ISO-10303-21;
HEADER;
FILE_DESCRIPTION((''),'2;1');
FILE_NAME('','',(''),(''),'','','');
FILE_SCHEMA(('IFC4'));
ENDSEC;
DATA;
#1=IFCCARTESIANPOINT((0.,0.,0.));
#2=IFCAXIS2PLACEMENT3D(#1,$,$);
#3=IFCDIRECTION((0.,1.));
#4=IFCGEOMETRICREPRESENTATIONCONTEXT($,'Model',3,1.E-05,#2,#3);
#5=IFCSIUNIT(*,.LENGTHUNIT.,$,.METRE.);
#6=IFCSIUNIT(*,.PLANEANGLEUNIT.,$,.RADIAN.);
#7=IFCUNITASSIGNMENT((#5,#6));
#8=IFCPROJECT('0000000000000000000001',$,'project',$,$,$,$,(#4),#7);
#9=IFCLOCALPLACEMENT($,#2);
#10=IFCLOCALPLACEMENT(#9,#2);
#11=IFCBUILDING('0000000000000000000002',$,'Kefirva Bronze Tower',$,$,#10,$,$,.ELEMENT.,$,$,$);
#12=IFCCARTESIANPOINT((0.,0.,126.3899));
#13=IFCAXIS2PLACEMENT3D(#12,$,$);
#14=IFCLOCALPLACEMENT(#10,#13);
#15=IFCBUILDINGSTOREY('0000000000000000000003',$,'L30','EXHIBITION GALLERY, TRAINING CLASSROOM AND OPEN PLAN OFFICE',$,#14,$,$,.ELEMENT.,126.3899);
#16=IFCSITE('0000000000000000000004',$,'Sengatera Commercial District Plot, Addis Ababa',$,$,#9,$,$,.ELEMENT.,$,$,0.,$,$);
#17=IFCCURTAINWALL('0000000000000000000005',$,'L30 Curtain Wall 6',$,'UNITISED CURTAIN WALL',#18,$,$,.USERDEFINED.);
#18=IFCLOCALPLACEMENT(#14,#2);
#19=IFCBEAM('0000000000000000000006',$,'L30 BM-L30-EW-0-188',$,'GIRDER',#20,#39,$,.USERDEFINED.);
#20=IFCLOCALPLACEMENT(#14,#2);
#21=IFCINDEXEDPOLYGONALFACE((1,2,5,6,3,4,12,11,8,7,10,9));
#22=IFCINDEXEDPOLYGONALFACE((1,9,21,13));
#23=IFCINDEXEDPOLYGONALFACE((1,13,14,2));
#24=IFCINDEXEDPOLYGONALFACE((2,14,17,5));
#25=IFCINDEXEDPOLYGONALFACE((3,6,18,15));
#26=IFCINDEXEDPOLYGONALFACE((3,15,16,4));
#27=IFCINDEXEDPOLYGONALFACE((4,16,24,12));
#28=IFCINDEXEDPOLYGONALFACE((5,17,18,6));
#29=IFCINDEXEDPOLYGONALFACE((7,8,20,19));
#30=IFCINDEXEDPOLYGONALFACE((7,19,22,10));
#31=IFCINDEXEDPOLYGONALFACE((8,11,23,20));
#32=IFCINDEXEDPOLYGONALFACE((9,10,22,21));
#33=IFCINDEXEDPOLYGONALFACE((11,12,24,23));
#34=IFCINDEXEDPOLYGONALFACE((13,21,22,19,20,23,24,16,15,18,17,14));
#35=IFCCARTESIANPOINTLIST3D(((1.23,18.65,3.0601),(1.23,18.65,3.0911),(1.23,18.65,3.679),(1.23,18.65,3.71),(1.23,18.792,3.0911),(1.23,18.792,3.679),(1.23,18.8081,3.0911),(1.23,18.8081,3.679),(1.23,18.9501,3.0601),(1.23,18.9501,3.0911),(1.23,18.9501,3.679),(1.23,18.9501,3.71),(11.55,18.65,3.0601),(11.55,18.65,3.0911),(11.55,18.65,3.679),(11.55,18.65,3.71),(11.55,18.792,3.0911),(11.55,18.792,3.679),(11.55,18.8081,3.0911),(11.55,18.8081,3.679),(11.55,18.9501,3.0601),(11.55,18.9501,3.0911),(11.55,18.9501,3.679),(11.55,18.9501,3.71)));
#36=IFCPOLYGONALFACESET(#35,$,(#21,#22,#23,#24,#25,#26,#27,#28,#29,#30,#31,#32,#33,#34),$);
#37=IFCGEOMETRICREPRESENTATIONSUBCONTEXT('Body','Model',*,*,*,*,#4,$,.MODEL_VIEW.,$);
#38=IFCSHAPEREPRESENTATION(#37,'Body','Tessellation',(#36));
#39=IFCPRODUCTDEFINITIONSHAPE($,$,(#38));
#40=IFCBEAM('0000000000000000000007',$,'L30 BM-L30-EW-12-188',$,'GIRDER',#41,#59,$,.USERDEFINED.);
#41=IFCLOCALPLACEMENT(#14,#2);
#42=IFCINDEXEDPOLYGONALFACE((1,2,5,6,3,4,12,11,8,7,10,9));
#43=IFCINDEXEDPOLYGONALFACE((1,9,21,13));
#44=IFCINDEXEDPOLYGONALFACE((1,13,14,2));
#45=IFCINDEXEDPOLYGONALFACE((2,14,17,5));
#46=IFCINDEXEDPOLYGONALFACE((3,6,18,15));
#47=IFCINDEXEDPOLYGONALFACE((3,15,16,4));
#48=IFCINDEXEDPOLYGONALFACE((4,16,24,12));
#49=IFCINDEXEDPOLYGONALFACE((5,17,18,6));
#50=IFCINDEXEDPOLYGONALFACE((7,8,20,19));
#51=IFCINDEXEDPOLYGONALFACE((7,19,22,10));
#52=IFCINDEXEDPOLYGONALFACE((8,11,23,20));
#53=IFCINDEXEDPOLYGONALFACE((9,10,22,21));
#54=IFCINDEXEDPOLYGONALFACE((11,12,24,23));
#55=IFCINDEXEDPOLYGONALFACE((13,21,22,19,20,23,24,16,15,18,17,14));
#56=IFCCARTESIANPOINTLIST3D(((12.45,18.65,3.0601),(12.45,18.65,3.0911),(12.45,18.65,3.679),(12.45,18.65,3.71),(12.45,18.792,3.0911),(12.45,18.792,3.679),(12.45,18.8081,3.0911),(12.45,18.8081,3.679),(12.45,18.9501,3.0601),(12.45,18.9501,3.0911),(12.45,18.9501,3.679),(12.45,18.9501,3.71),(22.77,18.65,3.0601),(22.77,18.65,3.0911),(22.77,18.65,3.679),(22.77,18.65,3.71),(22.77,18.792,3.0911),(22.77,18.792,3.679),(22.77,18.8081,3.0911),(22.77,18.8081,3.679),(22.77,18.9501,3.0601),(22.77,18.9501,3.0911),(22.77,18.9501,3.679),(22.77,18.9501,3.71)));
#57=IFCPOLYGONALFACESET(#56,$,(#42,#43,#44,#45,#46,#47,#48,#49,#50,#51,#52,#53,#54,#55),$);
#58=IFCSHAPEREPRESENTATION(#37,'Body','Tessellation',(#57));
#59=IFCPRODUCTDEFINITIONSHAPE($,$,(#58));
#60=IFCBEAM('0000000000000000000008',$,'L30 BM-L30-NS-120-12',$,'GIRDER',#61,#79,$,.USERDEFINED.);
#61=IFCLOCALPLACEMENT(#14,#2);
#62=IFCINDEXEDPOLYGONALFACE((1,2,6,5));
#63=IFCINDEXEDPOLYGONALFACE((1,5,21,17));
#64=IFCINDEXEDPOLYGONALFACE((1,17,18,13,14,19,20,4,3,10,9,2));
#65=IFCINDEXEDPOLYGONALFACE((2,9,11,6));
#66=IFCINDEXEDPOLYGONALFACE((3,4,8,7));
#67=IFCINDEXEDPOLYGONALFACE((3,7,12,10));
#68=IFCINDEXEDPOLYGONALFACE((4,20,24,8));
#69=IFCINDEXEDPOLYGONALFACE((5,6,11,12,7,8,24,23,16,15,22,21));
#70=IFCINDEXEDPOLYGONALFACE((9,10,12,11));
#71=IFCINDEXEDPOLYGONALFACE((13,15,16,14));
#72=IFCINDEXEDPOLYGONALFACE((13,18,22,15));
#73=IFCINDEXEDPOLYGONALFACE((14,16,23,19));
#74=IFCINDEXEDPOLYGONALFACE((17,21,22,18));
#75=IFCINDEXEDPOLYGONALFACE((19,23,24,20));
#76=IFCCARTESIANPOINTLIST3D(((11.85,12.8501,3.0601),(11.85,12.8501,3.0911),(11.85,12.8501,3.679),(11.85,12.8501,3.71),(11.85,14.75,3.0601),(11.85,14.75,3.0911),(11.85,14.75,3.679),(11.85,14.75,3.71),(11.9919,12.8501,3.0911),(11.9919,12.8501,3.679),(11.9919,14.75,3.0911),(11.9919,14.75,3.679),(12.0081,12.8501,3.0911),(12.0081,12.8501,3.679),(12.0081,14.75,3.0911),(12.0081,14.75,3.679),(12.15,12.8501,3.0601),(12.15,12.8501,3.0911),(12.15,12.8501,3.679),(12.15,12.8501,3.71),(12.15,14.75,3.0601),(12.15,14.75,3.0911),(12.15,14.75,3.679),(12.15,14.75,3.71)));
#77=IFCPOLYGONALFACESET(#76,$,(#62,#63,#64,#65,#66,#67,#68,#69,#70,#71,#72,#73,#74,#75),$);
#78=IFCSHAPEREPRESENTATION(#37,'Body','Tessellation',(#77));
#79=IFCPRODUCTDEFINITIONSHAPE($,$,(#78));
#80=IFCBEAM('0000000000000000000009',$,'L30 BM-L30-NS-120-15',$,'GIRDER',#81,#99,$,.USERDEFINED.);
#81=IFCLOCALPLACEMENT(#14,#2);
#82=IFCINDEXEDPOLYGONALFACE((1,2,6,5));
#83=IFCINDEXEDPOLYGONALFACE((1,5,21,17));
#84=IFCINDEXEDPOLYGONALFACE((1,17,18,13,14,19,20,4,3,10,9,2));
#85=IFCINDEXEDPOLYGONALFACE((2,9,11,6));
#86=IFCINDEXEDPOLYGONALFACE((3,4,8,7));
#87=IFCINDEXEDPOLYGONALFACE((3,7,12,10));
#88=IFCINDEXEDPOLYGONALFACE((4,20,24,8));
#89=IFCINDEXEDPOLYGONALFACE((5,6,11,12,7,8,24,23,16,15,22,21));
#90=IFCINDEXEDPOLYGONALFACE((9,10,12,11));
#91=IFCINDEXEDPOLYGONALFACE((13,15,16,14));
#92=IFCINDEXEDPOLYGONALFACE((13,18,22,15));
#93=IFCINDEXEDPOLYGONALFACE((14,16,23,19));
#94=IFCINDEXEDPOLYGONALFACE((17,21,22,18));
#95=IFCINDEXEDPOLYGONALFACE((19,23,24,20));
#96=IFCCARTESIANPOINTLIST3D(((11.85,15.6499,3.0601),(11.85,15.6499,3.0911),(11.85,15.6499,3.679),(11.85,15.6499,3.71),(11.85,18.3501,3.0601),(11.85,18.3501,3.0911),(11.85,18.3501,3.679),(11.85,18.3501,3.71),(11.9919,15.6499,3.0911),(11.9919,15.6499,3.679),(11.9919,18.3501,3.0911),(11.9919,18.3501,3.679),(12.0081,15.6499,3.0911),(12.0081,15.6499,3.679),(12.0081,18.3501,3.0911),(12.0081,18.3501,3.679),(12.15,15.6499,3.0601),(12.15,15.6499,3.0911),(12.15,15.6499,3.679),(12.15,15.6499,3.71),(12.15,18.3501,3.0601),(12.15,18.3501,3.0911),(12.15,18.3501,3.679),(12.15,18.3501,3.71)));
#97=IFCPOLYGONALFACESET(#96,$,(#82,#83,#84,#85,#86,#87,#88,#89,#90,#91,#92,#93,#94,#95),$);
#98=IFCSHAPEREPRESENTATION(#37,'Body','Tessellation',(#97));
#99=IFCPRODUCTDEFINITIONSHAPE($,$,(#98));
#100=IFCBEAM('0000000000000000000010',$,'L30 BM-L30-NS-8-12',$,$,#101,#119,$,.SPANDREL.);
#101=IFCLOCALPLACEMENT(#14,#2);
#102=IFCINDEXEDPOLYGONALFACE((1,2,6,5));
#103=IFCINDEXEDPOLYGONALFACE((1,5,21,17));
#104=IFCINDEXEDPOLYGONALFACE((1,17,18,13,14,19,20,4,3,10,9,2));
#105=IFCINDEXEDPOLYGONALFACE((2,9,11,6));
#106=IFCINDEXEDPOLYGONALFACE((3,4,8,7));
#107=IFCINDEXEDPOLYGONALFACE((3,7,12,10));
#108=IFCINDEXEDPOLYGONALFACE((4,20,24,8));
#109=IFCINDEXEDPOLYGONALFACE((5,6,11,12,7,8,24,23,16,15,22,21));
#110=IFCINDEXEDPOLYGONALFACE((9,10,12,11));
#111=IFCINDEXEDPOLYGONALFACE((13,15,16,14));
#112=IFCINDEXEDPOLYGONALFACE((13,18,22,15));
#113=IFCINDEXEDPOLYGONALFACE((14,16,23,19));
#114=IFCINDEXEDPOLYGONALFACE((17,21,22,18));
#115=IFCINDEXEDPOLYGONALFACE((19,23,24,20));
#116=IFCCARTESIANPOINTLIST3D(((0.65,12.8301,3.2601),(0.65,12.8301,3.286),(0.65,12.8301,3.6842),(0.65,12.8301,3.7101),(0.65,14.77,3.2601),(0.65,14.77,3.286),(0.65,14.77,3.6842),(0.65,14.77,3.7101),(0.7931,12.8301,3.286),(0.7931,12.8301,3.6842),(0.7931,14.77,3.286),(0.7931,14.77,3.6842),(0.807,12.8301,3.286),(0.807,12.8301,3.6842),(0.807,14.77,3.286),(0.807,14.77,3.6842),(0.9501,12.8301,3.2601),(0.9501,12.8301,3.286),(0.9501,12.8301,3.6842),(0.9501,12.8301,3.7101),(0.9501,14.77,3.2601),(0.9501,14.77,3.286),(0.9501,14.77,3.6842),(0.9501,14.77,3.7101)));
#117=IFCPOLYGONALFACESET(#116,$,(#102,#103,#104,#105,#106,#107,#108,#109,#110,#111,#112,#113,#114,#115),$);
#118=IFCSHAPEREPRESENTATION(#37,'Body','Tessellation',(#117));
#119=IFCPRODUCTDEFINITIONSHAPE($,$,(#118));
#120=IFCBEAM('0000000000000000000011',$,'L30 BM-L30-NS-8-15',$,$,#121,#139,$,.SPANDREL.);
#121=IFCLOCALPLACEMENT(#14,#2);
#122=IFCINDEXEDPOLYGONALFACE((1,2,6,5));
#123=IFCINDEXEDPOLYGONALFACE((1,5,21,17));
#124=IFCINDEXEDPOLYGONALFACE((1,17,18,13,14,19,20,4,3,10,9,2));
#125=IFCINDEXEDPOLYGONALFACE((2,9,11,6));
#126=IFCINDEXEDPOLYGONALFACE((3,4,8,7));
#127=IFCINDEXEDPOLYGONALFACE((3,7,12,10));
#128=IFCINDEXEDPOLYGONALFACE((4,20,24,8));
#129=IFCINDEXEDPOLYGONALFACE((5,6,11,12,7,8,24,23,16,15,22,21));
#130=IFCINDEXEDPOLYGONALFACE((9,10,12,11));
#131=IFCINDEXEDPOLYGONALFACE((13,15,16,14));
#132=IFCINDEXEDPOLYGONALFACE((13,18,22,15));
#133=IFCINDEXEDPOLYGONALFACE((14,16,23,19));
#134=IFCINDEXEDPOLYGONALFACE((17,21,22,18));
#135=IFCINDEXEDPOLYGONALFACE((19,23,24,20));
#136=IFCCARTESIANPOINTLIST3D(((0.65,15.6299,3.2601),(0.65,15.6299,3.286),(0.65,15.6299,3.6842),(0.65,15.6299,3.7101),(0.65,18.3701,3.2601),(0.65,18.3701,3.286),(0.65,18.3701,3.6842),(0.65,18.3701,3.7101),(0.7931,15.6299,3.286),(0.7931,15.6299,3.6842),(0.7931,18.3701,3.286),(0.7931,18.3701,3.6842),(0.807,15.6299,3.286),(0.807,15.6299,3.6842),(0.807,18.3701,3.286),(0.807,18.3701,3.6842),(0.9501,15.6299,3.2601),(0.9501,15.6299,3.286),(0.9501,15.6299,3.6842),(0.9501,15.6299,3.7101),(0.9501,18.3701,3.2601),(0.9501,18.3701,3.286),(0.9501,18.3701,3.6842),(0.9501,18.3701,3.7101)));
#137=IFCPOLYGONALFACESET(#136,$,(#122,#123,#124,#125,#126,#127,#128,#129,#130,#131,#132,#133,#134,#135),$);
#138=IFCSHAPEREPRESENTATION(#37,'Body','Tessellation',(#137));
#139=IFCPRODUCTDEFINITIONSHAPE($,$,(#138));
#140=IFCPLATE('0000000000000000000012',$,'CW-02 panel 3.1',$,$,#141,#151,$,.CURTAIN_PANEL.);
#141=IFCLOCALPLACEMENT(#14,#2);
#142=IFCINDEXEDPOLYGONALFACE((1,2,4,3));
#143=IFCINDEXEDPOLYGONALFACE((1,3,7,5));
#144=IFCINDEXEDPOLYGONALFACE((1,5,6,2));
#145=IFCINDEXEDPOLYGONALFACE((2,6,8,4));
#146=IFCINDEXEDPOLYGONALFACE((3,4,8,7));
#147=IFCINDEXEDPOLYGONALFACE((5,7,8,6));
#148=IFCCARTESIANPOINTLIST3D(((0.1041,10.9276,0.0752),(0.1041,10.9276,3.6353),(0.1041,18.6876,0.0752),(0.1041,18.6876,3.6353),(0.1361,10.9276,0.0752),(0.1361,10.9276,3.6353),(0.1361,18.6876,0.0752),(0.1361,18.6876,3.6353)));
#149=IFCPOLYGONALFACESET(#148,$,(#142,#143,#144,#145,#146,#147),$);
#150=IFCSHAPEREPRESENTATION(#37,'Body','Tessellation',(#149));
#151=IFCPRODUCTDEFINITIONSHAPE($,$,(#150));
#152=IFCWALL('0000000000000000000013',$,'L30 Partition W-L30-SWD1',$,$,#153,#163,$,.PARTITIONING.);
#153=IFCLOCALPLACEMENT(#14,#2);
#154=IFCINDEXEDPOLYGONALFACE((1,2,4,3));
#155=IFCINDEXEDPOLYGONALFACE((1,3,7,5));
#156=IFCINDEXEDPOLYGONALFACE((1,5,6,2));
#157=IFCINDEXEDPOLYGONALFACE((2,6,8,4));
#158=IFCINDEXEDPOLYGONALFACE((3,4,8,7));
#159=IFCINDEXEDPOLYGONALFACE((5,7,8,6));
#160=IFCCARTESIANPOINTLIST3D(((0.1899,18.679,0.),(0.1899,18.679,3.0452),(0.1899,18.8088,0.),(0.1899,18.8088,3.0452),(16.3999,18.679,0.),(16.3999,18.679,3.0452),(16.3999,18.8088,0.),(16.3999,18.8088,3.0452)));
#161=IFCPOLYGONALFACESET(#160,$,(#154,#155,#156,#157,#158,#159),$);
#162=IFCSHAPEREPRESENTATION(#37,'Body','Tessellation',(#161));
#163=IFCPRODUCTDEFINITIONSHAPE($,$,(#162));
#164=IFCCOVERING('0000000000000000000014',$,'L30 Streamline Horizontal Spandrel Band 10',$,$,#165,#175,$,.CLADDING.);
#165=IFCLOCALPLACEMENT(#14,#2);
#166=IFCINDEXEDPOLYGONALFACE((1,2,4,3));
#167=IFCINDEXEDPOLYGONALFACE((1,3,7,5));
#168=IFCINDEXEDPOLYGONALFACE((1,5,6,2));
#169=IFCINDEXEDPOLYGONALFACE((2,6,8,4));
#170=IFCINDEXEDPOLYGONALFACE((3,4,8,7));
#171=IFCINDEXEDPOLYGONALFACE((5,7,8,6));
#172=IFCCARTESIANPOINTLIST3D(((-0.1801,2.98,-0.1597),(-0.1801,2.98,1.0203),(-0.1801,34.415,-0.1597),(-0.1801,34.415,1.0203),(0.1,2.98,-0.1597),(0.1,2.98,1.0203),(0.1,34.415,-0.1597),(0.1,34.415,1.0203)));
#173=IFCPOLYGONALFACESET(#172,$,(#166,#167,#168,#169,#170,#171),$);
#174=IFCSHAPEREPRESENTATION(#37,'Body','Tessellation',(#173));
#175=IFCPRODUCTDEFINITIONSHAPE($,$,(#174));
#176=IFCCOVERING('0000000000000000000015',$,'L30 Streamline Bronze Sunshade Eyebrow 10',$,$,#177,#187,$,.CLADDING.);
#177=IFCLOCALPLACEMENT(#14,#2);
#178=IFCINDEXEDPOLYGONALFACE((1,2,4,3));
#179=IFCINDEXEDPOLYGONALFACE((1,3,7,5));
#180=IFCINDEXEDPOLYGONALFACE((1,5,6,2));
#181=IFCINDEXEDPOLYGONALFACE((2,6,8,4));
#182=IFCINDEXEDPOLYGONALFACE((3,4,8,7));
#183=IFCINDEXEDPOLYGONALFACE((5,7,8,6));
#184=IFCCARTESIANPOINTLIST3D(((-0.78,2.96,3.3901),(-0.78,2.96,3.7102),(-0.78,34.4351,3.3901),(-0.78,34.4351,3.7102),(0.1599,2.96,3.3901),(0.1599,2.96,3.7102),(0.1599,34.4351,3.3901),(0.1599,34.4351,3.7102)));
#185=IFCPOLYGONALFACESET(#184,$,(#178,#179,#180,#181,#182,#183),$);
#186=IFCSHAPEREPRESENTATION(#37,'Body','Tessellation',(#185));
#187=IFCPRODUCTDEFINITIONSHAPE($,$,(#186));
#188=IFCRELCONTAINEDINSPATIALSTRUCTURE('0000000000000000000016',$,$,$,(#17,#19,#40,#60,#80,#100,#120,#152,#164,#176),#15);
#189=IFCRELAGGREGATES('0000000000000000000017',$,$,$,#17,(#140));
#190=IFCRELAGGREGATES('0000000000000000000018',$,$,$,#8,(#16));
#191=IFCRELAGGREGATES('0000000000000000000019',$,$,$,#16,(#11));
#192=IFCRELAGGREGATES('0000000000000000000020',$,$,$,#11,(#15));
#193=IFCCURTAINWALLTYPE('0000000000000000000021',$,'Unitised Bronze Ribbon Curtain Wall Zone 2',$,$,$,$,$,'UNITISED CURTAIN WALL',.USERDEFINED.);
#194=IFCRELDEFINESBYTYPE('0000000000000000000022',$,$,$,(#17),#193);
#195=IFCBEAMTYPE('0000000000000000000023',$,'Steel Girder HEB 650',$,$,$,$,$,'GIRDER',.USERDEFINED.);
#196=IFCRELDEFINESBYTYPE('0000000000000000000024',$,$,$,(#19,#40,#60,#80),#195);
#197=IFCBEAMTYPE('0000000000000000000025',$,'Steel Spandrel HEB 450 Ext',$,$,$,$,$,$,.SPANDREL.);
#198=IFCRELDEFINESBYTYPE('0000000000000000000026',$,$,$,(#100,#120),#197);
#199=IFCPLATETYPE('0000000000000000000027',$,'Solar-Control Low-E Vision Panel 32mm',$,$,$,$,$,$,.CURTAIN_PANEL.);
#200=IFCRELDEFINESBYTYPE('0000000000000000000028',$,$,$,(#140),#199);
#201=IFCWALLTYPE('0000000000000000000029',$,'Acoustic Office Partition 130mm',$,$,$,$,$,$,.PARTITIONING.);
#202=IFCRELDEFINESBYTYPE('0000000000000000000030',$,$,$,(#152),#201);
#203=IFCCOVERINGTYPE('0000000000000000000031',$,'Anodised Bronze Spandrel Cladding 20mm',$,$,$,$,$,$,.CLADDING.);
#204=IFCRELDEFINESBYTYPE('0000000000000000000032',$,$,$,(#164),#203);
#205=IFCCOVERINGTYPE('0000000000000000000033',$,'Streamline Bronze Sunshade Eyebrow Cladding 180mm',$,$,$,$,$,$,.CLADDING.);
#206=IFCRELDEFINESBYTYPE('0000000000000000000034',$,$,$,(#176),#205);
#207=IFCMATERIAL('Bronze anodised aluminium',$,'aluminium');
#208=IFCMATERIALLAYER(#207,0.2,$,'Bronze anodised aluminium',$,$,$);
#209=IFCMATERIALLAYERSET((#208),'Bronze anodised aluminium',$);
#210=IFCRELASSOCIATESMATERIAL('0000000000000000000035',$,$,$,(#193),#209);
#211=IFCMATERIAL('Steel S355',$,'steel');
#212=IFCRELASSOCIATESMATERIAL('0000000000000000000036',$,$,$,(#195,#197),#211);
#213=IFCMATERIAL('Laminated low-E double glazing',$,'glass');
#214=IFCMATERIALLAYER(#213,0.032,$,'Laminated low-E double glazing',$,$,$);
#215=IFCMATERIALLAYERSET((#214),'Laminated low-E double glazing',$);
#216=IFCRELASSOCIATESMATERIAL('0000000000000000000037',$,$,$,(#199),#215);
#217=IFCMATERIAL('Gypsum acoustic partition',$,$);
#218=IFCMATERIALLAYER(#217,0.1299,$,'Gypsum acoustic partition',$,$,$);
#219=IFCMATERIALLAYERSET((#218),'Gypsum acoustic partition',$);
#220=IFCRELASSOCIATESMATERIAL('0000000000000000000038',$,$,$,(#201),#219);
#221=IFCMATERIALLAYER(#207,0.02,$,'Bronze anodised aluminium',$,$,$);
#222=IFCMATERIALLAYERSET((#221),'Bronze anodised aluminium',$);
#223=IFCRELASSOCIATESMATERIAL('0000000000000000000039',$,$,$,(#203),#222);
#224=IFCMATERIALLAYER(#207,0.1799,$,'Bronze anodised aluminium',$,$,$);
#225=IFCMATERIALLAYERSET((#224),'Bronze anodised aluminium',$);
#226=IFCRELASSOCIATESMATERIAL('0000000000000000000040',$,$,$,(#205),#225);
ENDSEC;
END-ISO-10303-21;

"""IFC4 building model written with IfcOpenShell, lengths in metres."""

from ifc_helpers import new_model, si_unit, direction, frame, frame_2d, origin, origin_2d, place, context, subcontext, project, spatial, rectangle, i_section, extrude, material, layer, layer_set, material_profile, profile_set, type_object, element, aggregate, save


model = new_model("IFC4")

# Units and contexts
model_context = context("Model", 3, precision=1e-05, world=origin(), true_north=direction((0.0, 1.0)))
body_context = subcontext(model_context, "Body", "Model", "MODEL_VIEW")
ifc_project = project(units=[si_unit("LENGTHUNIT", "METRE"), si_unit("PLANEANGLEUNIT", "RADIAN")], contexts=[model_context])

# Site, building, storey
site_placement = place(None, origin())
site = spatial("IfcSite", under=ifc_project, at=site_placement, Name="Sengatera Commercial District Plot, Addis Ababa", CompositionType="ELEMENT", RefElevation=0.0)
building_placement = place(site_placement, origin())
building = spatial("IfcBuilding", under=site, at=building_placement, Name="Kefirva Bronze Tower", CompositionType="ELEMENT")
storey_placement = place(building_placement, frame((0.0, 0.0, 126.3899)))
storey = spatial("IfcBuildingStorey", under=building, at=storey_placement, Name="L30", Description="EXHIBITION GALLERY, TRAINING CLASSROOM AND OPEN PLAN OFFICE", CompositionType="ELEMENT", Elevation=126.3899)

# Curtain wall
ifc_material_1 = material(Name="Bronze anodised aluminium", Category="aluminium")
ifc_layer_1 = layer(ifc_material_1, 0.2, Name="Bronze anodised aluminium")
ifc_layer_set_1 = layer_set([ifc_layer_1], Name="Bronze anodised aluminium")
curtain_wall_type = type_object("IfcCurtainWallType", Name="Unitised Bronze Ribbon Curtain Wall Zone 2", ElementType="UNITISED CURTAIN WALL", PredefinedType="USERDEFINED", material=ifc_layer_set_1)
curtain_wall_placement = place(storey_placement, origin())
curtain_wall = element("IfcCurtainWall", 1, at=curtain_wall_placement, inside=storey, type_object=curtain_wall_type, Name="L30 Curtain Wall 6", ObjectType="UNITISED CURTAIN WALL", PredefinedType="USERDEFINED")

# Beams
ifc_material_2 = material(Name="Steel S355", Category="steel")
ifc_material_profile_1 = material_profile(ifc_material_2, i_section(OverallWidth=0.3, OverallDepth=0.6499, WebThickness=0.0161, FlangeThickness=0.031, at=origin_2d()), Name="HEB 650")
ifc_profile_set_1 = profile_set([ifc_material_profile_1], Name="Steel S355")
beam_type_1 = type_object("IfcBeamType", Name="Steel Girder HEB 650", ElementType="GIRDER", PredefinedType="USERDEFINED", material=ifc_profile_set_1)
for number, where, z_axis, x_axis, name in (
    (2, (1.23, 18.8, 3.385), (1.0, 0.0, 0.0), (0.0, 1.0, 0.0), "L30 BM-L30-EW-0-188"),
    (3, (12.45, 18.8, 3.385), (1.0, 0.0, 0.0), (0.0, 1.0, 0.0), "L30 BM-L30-EW-12-188"),
):
    element("IfcBeam", number, at=place(storey_placement, frame(where, z_axis=z_axis, x_axis=x_axis)), inside=storey, type_object=beam_type_1, Name=name, ObjectType="GIRDER", PredefinedType="USERDEFINED", context=body_context, shape_type="SweptSolid", body=[
        extrude(i_section(OverallWidth=0.3, OverallDepth=0.6499, WebThickness=0.0161, FlangeThickness=0.031, at=origin_2d()), origin(), (0.0, 0.0, 1.0), 10.3201),
    ])
beam_1_placement = place(storey_placement, frame((12.0, 12.8501, 3.385), z_axis=(0.0, 1.0, 0.0), x_axis=(-1.0, 0.0, 0.0)))
element("IfcBeam", 4, at=beam_1_placement, inside=storey, type_object=beam_type_1, Name="L30 BM-L30-NS-120-12", ObjectType="GIRDER", PredefinedType="USERDEFINED", context=body_context, shape_type="SweptSolid", body=[
    extrude(i_section(OverallWidth=0.3, OverallDepth=0.6499, WebThickness=0.0161, FlangeThickness=0.031, at=origin_2d()), origin(), (0.0, 0.0, 1.0), 1.8999),
])
beam_2_placement = place(storey_placement, frame((12.0, 15.6499, 3.385), z_axis=(0.0, 1.0, 0.0), x_axis=(-1.0, 0.0, 0.0)))
element("IfcBeam", 5, at=beam_2_placement, inside=storey, type_object=beam_type_1, Name="L30 BM-L30-NS-120-15", ObjectType="GIRDER", PredefinedType="USERDEFINED", context=body_context, shape_type="SweptSolid", body=[
    extrude(i_section(OverallWidth=0.3, OverallDepth=0.6499, WebThickness=0.0161, FlangeThickness=0.031, at=origin_2d()), origin(), (0.0, 0.0, 1.0), 2.7002),
])
ifc_material_profile_2 = material_profile(ifc_material_2, i_section(OverallWidth=0.3, OverallDepth=0.45, WebThickness=0.0139, FlangeThickness=0.0259, at=origin_2d()), Name="HEB 450")
ifc_profile_set_2 = profile_set([ifc_material_profile_2], Name="Steel S355")
beam_type_2 = type_object("IfcBeamType", Name="Steel Spandrel HEB 450 Ext", PredefinedType="SPANDREL", material=ifc_profile_set_2)
beam_3_placement = place(storey_placement, frame((0.8, 12.8301, 3.4851), z_axis=(0.0, 1.0, 0.0), x_axis=(-1.0, 0.0, 0.0)))
element("IfcBeam", 6, at=beam_3_placement, inside=storey, type_object=beam_type_2, Name="L30 BM-L30-NS-8-12", PredefinedType="SPANDREL", context=body_context, shape_type="SweptSolid", body=[
    extrude(i_section(OverallWidth=0.3, OverallDepth=0.45, WebThickness=0.0139, FlangeThickness=0.0259, at=origin_2d()), origin(), (0.0, 0.0, 1.0), 1.9399),
])
beam_4_placement = place(storey_placement, frame((0.8, 15.6299, 3.4851), z_axis=(0.0, 1.0, 0.0), x_axis=(-1.0, 0.0, 0.0)))
element("IfcBeam", 7, at=beam_4_placement, inside=storey, type_object=beam_type_2, Name="L30 BM-L30-NS-8-15", PredefinedType="SPANDREL", context=body_context, shape_type="SweptSolid", body=[
    extrude(i_section(OverallWidth=0.3, OverallDepth=0.45, WebThickness=0.0139, FlangeThickness=0.0259, at=origin_2d()), origin(), (0.0, 0.0, 1.0), 2.7402),
])

# Plate
ifc_material_3 = material(Name="Laminated low-E double glazing", Category="glass")
ifc_layer_2 = layer(ifc_material_3, 0.032, Name="Laminated low-E double glazing")
ifc_layer_set_2 = layer_set([ifc_layer_2], Name="Laminated low-E double glazing")
plate_type = type_object("IfcPlateType", Name="Solar-Control Low-E Vision Panel 32mm", PredefinedType="CURTAIN_PANEL", material=ifc_layer_set_2)
plate_placement = place(storey_placement, frame((0.1201, 14.8076, 0.0752), z_axis=(0.0, 0.0, 1.0), x_axis=(0.0, -1.0, 0.0)))
plate = element("IfcPlate", 8, at=plate_placement, type_object=plate_type, Name="CW-02 panel 3.1", PredefinedType="CURTAIN_PANEL", context=body_context, shape_type="SweptSolid", body=[
    extrude(rectangle(XDim=7.76, YDim=0.032, at=origin_2d()), origin(), (0.0, 0.0, 1.0), 3.5601),
])
aggregate(curtain_wall, [plate])

# Wall
ifc_material_4 = material(Name="Gypsum acoustic partition")
ifc_layer_3 = layer(ifc_material_4, 0.1299, Name="Gypsum acoustic partition")
ifc_layer_set_3 = layer_set([ifc_layer_3], Name="Gypsum acoustic partition")
wall_type = type_object("IfcWallType", Name="Acoustic Office Partition 130mm", PredefinedType="PARTITIONING", material=ifc_layer_set_3)
wall_placement = place(storey_placement, frame((0.1899, 18.7439, 0.0), z_axis=(0.0, 0.0, 1.0), x_axis=(1.0, 0.0, 0.0)))
element("IfcWall", 9, at=wall_placement, inside=storey, type_object=wall_type, Name="L30 Partition W-L30-SWD1", PredefinedType="PARTITIONING", context=body_context, shape_type="SweptSolid", body=[
    extrude(rectangle(XDim=16.21, YDim=0.1299, at=frame_2d((8.105, 0.0))), origin(), (0.0, 0.0, 1.0), 3.0452),
])

# Coverings
ifc_layer_4 = layer(ifc_material_1, 0.02, Name="Bronze anodised aluminium")
ifc_layer_set_4 = layer_set([ifc_layer_4], Name="Bronze anodised aluminium")
covering_type_1 = type_object("IfcCoveringType", Name="Anodised Bronze Spandrel Cladding 20mm", PredefinedType="CLADDING", material=ifc_layer_set_4)
covering_1_placement = place(storey_placement, frame((-0.04, 18.6975, -0.1597), z_axis=(0.0, 0.0, 1.0), x_axis=(0.0, -1.0, 0.0)))
element("IfcCovering", 10, at=covering_1_placement, inside=storey, type_object=covering_type_1, Name="L30 Streamline Horizontal Spandrel Band 10", PredefinedType="CLADDING", context=body_context, shape_type="SweptSolid", body=[
    extrude(rectangle(XDim=31.4351, YDim=0.28, at=origin_2d()), origin(), (0.0, 0.0, 1.0), 1.1799),
])
ifc_layer_5 = layer(ifc_material_1, 0.1799, Name="Bronze anodised aluminium")
ifc_layer_set_5 = layer_set([ifc_layer_5], Name="Bronze anodised aluminium")
covering_type_2 = type_object("IfcCoveringType", Name="Streamline Bronze Sunshade Eyebrow Cladding 180mm", PredefinedType="CLADDING", material=ifc_layer_set_5)
covering_2_placement = place(storey_placement, frame((-0.3101, 18.6975, 3.3901), z_axis=(0.0, 0.0, 1.0), x_axis=(0.0, -1.0, 0.0)))
element("IfcCovering", 11, at=covering_2_placement, inside=storey, type_object=covering_type_2, Name="L30 Streamline Bronze Sunshade Eyebrow 10", PredefinedType="CLADDING", context=body_context, shape_type="SweptSolid", body=[
    extrude(rectangle(XDim=31.4751, YDim=0.9399, at=origin_2d()), origin(), (0.0, 0.0, 1.0), 0.3201),
])

save(model, "model.ifc")
